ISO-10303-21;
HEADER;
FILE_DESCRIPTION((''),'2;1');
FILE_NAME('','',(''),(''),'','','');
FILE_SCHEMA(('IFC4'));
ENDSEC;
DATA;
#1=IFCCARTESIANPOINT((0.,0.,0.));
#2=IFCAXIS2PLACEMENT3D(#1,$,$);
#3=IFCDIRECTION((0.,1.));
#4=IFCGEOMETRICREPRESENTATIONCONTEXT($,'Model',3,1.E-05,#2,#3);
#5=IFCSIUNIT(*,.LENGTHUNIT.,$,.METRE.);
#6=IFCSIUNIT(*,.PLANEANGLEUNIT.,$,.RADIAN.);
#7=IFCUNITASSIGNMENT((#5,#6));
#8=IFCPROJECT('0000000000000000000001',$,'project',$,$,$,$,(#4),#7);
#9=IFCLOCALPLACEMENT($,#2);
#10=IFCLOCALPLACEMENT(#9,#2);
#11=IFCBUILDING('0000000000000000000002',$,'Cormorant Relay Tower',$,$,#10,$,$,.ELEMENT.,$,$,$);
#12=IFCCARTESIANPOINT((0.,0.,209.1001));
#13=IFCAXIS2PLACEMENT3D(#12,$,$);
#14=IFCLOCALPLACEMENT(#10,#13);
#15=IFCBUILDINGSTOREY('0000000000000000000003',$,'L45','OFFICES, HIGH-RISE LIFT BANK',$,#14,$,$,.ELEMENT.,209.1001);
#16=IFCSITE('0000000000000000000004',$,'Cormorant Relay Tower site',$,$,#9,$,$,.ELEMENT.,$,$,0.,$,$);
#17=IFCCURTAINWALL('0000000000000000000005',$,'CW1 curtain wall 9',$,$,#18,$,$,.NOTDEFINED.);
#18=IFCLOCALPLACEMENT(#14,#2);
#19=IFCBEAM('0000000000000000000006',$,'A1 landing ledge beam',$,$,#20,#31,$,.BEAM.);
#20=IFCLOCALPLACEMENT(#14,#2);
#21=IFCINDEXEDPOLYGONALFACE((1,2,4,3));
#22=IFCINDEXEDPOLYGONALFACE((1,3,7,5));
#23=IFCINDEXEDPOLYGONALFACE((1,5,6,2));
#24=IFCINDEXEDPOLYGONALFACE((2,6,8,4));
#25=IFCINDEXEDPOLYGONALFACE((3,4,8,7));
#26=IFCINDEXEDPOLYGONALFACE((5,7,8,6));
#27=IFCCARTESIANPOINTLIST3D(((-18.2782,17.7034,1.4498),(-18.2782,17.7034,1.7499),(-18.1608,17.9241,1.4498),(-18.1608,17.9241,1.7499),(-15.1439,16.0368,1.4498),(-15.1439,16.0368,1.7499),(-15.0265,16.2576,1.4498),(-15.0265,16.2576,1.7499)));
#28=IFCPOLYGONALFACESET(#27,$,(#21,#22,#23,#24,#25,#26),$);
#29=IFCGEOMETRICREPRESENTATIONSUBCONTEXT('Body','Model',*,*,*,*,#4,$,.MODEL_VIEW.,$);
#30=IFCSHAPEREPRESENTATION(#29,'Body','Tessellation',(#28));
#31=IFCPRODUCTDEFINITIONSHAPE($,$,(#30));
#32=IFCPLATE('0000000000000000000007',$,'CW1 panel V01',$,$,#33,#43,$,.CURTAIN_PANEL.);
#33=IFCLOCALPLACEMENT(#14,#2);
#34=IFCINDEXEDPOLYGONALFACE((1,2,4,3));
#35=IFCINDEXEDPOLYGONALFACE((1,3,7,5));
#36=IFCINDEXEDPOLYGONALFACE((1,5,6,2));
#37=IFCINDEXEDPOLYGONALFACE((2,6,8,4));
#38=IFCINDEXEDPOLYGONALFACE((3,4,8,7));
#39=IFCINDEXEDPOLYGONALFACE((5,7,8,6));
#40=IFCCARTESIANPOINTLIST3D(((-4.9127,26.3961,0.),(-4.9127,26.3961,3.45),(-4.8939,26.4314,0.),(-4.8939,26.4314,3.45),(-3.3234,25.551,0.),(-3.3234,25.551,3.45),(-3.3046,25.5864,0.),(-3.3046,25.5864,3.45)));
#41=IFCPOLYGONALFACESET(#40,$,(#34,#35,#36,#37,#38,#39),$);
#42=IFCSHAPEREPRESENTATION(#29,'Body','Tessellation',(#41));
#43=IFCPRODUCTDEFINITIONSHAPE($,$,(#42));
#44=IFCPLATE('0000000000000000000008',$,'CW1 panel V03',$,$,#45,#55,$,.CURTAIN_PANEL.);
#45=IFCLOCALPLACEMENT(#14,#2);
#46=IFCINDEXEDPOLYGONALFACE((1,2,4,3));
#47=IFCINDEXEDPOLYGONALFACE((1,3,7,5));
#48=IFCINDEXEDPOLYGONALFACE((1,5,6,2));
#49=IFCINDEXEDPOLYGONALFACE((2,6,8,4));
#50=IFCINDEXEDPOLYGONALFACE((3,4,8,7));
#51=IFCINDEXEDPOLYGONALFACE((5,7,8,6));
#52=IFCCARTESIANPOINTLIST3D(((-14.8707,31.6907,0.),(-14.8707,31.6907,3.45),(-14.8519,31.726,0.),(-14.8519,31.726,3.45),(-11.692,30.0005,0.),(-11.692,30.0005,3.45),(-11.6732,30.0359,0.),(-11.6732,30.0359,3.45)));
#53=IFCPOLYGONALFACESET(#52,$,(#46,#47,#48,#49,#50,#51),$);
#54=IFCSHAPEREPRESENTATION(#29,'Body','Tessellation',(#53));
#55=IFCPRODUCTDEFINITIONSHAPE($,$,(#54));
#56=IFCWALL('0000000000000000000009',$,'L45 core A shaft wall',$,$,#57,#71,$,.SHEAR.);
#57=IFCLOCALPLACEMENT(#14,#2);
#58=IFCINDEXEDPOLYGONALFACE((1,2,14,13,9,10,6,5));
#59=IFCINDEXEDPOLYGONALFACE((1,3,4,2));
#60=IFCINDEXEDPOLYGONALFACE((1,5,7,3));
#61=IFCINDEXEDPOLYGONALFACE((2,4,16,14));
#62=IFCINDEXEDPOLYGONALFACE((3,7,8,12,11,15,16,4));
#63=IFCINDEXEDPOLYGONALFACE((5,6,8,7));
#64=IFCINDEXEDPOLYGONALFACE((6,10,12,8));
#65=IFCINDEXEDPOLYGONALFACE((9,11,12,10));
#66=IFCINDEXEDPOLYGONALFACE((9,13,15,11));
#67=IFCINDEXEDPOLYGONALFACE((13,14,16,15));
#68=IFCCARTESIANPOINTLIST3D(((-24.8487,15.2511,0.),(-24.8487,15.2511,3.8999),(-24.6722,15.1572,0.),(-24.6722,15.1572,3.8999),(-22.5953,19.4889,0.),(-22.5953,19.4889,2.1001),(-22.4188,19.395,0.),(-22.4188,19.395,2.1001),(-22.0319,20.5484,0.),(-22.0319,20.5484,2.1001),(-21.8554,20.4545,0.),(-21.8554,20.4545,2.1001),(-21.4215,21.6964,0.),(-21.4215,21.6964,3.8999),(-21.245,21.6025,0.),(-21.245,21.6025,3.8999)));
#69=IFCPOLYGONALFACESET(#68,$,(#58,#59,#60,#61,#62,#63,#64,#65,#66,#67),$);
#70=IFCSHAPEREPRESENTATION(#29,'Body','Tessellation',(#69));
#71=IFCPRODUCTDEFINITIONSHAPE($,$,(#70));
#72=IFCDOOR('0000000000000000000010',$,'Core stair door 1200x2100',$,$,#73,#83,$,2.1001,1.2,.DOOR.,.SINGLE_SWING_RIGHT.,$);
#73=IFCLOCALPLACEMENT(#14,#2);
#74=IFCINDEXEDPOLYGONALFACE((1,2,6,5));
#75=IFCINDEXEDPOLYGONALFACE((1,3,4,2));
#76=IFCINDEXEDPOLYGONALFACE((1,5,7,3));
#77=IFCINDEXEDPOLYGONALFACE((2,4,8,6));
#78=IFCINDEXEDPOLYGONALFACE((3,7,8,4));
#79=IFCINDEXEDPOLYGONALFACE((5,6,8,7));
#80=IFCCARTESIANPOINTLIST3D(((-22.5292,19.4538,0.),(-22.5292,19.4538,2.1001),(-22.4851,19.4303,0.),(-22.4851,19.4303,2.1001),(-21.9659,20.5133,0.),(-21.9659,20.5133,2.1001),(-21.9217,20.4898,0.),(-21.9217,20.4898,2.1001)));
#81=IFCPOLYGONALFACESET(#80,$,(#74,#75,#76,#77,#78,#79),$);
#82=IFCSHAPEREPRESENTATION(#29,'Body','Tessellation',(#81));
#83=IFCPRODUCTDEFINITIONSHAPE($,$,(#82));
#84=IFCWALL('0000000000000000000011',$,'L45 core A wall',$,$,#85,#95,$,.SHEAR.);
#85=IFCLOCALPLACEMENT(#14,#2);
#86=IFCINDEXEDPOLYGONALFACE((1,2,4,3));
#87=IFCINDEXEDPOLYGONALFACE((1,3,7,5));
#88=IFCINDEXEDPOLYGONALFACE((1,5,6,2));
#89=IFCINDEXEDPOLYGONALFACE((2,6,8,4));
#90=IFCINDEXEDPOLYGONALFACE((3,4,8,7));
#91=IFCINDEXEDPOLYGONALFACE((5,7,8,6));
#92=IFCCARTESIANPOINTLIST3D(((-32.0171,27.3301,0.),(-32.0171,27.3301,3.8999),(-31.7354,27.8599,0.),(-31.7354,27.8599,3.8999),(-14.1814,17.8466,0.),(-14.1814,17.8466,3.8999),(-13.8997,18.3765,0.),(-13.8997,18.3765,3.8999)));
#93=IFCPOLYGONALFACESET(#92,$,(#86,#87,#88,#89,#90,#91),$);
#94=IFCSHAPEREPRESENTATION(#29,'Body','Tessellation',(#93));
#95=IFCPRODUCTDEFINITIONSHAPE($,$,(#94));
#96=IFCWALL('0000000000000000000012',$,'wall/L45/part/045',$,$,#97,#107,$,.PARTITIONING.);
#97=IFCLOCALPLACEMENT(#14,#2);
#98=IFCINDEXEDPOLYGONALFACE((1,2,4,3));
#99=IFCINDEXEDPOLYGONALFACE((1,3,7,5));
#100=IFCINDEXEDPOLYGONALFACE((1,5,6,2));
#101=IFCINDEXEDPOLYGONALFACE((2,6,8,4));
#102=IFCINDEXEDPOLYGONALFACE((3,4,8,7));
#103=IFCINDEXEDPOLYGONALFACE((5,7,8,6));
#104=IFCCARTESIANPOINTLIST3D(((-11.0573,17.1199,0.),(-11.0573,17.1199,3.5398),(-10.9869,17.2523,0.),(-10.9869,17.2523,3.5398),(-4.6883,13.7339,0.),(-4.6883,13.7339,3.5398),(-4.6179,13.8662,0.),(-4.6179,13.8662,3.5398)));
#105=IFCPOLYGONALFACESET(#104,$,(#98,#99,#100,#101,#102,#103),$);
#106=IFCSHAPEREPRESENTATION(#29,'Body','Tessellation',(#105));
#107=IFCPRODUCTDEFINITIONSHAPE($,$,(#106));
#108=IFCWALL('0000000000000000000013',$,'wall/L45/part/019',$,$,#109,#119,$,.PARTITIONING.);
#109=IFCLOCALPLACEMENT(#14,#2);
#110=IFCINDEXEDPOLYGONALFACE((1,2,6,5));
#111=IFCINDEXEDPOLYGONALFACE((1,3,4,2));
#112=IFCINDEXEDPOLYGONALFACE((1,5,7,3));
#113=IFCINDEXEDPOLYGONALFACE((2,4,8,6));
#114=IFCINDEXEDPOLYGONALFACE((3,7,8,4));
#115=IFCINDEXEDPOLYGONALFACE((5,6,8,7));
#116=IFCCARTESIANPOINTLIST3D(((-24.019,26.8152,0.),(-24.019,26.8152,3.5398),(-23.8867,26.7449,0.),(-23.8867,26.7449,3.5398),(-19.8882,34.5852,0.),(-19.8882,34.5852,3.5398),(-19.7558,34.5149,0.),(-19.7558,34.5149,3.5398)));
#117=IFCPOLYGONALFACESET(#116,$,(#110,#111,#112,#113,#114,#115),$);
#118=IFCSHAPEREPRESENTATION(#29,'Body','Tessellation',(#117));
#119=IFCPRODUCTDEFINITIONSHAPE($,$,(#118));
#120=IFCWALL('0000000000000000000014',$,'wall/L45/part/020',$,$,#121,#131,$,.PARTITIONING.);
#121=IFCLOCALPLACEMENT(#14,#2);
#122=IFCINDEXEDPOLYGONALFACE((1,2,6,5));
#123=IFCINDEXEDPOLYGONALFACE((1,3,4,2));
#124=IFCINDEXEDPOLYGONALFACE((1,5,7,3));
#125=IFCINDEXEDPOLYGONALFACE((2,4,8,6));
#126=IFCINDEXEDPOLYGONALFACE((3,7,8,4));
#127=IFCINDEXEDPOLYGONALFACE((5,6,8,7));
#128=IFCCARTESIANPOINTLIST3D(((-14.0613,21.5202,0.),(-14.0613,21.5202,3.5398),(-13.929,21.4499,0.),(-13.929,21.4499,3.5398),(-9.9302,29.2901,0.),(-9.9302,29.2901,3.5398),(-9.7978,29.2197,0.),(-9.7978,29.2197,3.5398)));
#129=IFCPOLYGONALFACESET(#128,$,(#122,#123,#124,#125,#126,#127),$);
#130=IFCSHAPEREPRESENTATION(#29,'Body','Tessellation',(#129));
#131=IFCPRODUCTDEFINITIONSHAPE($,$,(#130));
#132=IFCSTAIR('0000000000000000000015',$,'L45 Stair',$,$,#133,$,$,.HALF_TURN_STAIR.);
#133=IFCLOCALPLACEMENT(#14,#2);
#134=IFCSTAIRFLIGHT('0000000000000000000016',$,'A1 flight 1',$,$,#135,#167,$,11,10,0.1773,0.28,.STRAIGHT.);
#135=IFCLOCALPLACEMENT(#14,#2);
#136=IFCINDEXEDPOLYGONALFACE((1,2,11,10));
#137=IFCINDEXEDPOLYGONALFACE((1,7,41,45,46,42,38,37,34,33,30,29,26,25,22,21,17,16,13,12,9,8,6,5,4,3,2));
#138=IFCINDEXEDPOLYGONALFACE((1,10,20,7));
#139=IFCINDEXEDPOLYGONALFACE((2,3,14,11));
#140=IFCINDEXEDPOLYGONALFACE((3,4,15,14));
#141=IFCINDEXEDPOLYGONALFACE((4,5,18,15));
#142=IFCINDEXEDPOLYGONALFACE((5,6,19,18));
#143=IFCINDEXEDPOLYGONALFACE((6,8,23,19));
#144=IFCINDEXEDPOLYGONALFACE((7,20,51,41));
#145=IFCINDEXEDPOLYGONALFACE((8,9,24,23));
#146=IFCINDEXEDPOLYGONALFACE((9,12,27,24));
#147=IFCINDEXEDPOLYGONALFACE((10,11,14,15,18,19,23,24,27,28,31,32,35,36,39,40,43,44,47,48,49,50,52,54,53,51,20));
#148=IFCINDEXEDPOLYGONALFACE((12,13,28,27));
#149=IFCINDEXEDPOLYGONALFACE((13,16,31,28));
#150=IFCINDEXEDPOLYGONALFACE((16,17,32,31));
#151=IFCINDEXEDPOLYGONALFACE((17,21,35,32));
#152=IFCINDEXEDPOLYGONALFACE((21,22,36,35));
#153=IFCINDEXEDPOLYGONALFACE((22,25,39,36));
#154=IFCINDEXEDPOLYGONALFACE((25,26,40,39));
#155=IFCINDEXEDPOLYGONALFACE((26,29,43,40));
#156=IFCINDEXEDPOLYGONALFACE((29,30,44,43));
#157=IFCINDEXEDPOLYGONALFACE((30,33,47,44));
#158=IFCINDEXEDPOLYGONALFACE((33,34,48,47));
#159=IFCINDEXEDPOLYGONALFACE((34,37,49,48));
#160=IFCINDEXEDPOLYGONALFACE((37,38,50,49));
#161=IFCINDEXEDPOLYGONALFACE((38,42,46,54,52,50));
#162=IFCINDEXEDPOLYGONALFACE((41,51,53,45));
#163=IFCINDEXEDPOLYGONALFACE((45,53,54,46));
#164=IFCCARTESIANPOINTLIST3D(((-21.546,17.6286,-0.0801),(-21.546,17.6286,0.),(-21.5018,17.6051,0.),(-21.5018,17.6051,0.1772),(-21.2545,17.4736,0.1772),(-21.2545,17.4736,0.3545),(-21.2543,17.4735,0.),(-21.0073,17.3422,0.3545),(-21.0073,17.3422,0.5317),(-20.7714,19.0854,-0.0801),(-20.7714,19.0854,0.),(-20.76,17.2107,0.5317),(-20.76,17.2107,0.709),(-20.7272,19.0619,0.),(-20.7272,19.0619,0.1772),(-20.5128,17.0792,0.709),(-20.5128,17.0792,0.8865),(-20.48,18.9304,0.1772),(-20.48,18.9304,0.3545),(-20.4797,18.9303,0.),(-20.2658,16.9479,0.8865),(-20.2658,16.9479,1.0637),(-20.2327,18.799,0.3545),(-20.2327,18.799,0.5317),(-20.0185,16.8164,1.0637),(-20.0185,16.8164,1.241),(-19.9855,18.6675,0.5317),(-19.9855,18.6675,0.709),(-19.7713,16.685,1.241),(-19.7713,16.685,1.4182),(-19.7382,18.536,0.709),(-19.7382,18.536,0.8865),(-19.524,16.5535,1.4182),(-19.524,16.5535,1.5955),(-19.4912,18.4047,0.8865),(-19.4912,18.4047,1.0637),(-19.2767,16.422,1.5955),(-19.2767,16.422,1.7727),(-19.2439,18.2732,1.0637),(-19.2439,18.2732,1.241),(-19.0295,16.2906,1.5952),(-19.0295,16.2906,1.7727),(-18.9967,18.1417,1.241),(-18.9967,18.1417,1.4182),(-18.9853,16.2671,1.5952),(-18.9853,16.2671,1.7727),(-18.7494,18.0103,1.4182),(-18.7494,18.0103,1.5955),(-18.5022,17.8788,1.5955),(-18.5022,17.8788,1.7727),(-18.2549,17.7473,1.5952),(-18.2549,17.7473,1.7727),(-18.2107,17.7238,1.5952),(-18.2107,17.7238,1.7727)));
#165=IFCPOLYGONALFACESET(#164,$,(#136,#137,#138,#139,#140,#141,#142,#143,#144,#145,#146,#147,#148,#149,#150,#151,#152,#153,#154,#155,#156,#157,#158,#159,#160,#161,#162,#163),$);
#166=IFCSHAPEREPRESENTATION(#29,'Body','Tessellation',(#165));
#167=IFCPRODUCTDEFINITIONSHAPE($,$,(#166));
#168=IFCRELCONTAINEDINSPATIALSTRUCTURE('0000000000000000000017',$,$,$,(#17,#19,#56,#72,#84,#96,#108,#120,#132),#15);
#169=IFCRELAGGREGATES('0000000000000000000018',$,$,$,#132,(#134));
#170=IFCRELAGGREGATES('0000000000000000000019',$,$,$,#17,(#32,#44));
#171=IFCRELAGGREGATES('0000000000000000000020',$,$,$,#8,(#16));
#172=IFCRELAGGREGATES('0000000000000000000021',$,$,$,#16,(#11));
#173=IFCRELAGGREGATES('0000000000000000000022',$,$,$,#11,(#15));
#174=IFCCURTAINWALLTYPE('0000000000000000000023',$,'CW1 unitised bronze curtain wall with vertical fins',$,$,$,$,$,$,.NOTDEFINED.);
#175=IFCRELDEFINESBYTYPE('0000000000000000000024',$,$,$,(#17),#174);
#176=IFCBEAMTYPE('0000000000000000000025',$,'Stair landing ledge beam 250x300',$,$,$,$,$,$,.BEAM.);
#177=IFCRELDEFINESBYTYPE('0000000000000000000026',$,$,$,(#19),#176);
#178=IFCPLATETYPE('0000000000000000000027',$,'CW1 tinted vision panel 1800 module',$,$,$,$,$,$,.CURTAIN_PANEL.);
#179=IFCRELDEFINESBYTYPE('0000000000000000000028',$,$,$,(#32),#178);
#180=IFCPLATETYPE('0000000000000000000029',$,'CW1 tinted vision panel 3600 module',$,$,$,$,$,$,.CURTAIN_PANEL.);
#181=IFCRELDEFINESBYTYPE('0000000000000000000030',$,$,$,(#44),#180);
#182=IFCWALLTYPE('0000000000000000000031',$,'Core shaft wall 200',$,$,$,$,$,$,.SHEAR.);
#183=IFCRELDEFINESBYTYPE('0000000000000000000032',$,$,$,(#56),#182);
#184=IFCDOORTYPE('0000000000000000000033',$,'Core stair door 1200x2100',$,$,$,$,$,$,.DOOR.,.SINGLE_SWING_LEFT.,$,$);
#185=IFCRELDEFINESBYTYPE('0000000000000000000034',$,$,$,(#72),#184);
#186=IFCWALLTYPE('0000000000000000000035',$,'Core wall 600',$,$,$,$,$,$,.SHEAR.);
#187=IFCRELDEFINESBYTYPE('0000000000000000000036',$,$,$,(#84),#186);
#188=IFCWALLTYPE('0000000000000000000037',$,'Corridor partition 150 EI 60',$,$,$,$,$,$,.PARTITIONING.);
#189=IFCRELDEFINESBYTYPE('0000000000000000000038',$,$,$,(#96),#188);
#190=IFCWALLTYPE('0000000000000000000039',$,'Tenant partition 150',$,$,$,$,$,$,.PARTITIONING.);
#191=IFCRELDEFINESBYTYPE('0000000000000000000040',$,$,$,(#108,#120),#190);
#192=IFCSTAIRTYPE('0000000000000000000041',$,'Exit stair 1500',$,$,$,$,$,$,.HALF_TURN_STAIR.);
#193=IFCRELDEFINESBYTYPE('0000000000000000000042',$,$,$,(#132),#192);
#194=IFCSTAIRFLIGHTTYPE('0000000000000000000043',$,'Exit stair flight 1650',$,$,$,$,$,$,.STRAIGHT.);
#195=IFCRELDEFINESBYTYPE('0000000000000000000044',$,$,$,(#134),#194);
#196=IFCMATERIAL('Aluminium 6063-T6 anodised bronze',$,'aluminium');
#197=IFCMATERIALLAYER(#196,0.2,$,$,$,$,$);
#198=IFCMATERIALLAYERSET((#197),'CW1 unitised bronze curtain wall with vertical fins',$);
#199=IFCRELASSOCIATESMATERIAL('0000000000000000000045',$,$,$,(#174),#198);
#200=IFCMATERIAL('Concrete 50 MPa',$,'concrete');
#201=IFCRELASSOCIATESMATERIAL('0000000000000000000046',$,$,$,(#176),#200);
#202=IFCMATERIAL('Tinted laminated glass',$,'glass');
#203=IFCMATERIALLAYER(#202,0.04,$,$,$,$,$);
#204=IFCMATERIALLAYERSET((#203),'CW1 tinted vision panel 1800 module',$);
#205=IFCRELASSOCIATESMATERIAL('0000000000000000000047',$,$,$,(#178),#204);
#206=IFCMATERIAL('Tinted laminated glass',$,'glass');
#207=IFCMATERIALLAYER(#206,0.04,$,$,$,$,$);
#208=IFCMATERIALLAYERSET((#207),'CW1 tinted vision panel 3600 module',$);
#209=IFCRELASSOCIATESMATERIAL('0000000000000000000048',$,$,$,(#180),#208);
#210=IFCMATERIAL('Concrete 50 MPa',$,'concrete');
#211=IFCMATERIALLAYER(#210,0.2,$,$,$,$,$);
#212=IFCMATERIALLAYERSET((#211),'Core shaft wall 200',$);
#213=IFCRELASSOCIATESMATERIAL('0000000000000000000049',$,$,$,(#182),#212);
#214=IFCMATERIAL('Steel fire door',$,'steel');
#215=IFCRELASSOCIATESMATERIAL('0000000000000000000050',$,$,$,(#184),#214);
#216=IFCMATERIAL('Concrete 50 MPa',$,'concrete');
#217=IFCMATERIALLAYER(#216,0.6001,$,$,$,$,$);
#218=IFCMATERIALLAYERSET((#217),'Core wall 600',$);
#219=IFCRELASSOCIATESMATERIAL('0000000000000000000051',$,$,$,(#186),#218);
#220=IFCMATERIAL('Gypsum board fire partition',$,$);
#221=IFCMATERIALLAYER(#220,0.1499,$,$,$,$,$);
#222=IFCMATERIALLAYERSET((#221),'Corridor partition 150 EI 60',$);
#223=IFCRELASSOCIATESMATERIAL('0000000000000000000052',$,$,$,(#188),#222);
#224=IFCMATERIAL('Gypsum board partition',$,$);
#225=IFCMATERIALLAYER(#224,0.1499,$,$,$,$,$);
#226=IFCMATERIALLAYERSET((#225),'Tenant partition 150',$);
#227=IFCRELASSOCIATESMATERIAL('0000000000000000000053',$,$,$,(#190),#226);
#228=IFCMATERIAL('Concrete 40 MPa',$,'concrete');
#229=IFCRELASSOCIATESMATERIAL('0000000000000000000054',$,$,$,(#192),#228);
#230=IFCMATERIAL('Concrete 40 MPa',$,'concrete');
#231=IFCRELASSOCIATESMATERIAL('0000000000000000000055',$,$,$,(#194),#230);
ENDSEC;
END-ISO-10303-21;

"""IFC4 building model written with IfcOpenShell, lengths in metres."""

from ifc_helpers import new_model, si_unit, direction, frame, frame_2d, origin, origin_2d, place, context, subcontext, project, spatial, polyline, rectangle, outline, extrude, material, layer, layer_set, material_profile, profile_set, type_object, element, fill, aggregate, save


model = new_model("IFC4")

# Units and contexts
model_context = context("Model", 3, precision=1e-05, world=origin(), true_north=direction((0.0, 1.0)))
body_context = subcontext(model_context, "Body", "Model", "MODEL_VIEW")
ifc_project = project(units=[si_unit("LENGTHUNIT", "METRE"), si_unit("PLANEANGLEUNIT", "RADIAN")], contexts=[model_context])

# Site, building, storey
site_placement = place(None, origin())
site = spatial("IfcSite", under=ifc_project, at=site_placement, Name="Cormorant Relay Tower site", CompositionType="ELEMENT", RefElevation=0.0)
building_placement = place(site_placement, origin())
building = spatial("IfcBuilding", under=site, at=building_placement, Name="Cormorant Relay Tower", CompositionType="ELEMENT")
storey_placement = place(building_placement, frame((0.0, 0.0, 209.1001)))
storey = spatial("IfcBuildingStorey", under=building, at=storey_placement, Name="L45", Description="OFFICES, HIGH-RISE LIFT BANK", CompositionType="ELEMENT", Elevation=209.1001)

# Curtain wall
ifc_material_1 = material(Name="Aluminium 6063-T6 anodised bronze", Category="aluminium")
ifc_layer_1 = layer(ifc_material_1, 0.2)
ifc_layer_set_1 = layer_set([ifc_layer_1], Name="CW1 unitised bronze curtain wall with vertical fins")
curtain_wall_type = type_object("IfcCurtainWallType", Name="CW1 unitised bronze curtain wall with vertical fins", PredefinedType="NOTDEFINED", material=ifc_layer_set_1)
curtain_wall_placement = place(storey_placement, origin())
curtain_wall = element("IfcCurtainWall", 1, at=curtain_wall_placement, inside=storey, type_object=curtain_wall_type, Name="CW1 curtain wall 9", PredefinedType="NOTDEFINED")

# Beam
ifc_material_2 = material(Name="Concrete 50 MPa", Category="concrete")
ifc_material_profile_1 = material_profile(ifc_material_2, rectangle(XDim=0.25, YDim=0.3, at=origin_2d()), Name="RC 250x300")
ifc_profile_set_1 = profile_set([ifc_material_profile_1], Name="Concrete 50 MPa")
beam_type_1 = type_object("IfcBeamType", Name="Stair landing ledge beam 250x300", PredefinedType="BEAM", material=ifc_profile_set_1)
beam_1_placement = place(storey_placement, frame((-18.2195, 17.8137, 1.5999), z_axis=(0.88295, -0.469467, 0.0), x_axis=(0.469467, 0.88295, 0.0)))
element("IfcBeam", 2, at=beam_1_placement, inside=storey, type_object=beam_type_1, Name="A1 landing ledge beam", PredefinedType="BEAM", context=body_context, shape_type="SweptSolid", body=[
    extrude(rectangle(XDim=0.25, YDim=0.3, at=origin_2d()), origin(), (0.0, 0.0, 1.0), 3.5498),
])

# Plates
ifc_material_3 = material(Name="Tinted laminated glass", Category="glass")
ifc_layer_2 = layer(ifc_material_3, 0.04)
ifc_layer_set_2 = layer_set([ifc_layer_2], Name="CW1 tinted vision panel 1800 module")
plate_type_1 = type_object("IfcPlateType", Name="CW1 tinted vision panel 1800 module", PredefinedType="CURTAIN_PANEL", material=ifc_layer_set_2)
plate_1_placement = place(storey_placement, frame((-4.1086, 25.9912, 0.0), z_axis=(0.0, 0.0, 1.0), x_axis=(-0.882948, 0.469472, 0.0)))
plate_1 = element("IfcPlate", 3, at=plate_1_placement, type_object=plate_type_1, Name="CW1 panel V01", PredefinedType="CURTAIN_PANEL", context=body_context, shape_type="SweptSolid", body=[
    extrude(rectangle(XDim=1.8, YDim=0.04, at=origin_2d()), origin(), (0.0, 0.0, 1.0), 3.45),
])
ifc_material_4 = material(Name="Tinted laminated glass", Category="glass")
ifc_layer_3 = layer(ifc_material_4, 0.04)
ifc_layer_set_3 = layer_set([ifc_layer_3], Name="CW1 tinted vision panel 3600 module")
plate_type_2 = type_object("IfcPlateType", Name="CW1 tinted vision panel 3600 module", PredefinedType="CURTAIN_PANEL", material=ifc_layer_set_3)
plate_2_placement = place(storey_placement, frame((-13.272, 30.8633, 0.0), z_axis=(0.0, 0.0, 1.0), x_axis=(-0.882948, 0.469472, 0.0)))
plate_2 = element("IfcPlate", 4, at=plate_2_placement, type_object=plate_type_2, Name="CW1 panel V03", PredefinedType="CURTAIN_PANEL", context=body_context, shape_type="SweptSolid", body=[
    extrude(rectangle(XDim=3.6001, YDim=0.04, at=origin_2d()), origin(), (0.0, 0.0, 1.0), 3.45),
])

# Wall, opening, door
ifc_material_5 = material(Name="Concrete 50 MPa", Category="concrete")
ifc_layer_4 = layer(ifc_material_5, 0.2)
ifc_layer_set_4 = layer_set([ifc_layer_4], Name="Core shaft wall 200")
wall_type_1 = type_object("IfcWallType", Name="Core shaft wall 200", PredefinedType="SHEAR", material=ifc_layer_set_4)
wall_1_placement = place(storey_placement, frame((-21.3333, 21.6494, 0.0), z_axis=(0.0, 0.0, 1.0), x_axis=(-0.469494, -0.882936, 0.0)))
wall_1 = element("IfcWall", 5, at=wall_1_placement, inside=storey, type_object=wall_type_1, Name="L45 core A shaft wall", PredefinedType="SHEAR", context=body_context, shape_type="SweptSolid", body=[
    extrude(rectangle(XDim=7.2998, YDim=0.2, at=frame_2d((3.6499, 0.0))), origin(), (0.0, 0.0, 1.0), 3.8999),
])
opening_1_placement = place(wall_1_placement, frame((1.3, 0.0, 0.0)))
opening_1 = element("IfcOpeningElement", 6, at=opening_1_placement, cuts=wall_1, PredefinedType="OPENING", context=body_context, shape_type="SweptSolid", body=[
    extrude(rectangle(XDim=1.2, YDim=2.1001, at=frame_2d((0.6001, 1.05))), frame((0.0, 0.1099, 0.0), z_axis=(0.0, -1.0, 0.0), x_axis=(1.0, 0.0, 0.0)), (0.0, 0.0, 1.0), 0.22),
])
ifc_material_6 = material(Name="Steel fire door", Category="steel")
door_type_1 = type_object("IfcDoorType", Name="Core stair door 1200x2100", OperationType="SINGLE_SWING_LEFT", PredefinedType="DOOR", material=ifc_material_6)
door_1_placement = place(opening_1_placement, origin())
door_1 = element("IfcDoor", 7, at=door_1_placement, inside=storey, type_object=door_type_1, Name="Core stair door 1200x2100", OperationType="SINGLE_SWING_RIGHT", OverallHeight=2.1001, OverallWidth=1.2, PredefinedType="DOOR", context=body_context, shape_type="SweptSolid", body=[
    extrude(rectangle(XDim=1.2, YDim=2.1001, at=frame_2d((0.6001, 1.05))), frame((0.0, 0.0249, 0.0), z_axis=(0.0, -1.0, 0.0), x_axis=(1.0, 0.0, 0.0)), (0.0, 0.0, 1.0), 0.05),
])
fill(opening_1, door_1)
ifc_material_7 = material(Name="Concrete 50 MPa", Category="concrete")
ifc_layer_5 = layer(ifc_material_7, 0.6001)
ifc_layer_set_5 = layer_set([ifc_layer_5], Name="Core wall 600")
wall_type_2 = type_object("IfcWallType", Name="Core wall 600", PredefinedType="SHEAR", material=ifc_layer_set_5)

# Walls
wall_2_placement = place(storey_placement, frame((-14.0405, 18.1116, 0.0), z_axis=(0.0, 0.0, 1.0), x_axis=(-0.882948, 0.469471, 0.0)))
element("IfcWall", 8, at=wall_2_placement, inside=storey, type_object=wall_type_2, Name="L45 core A wall", PredefinedType="SHEAR", context=body_context, shape_type="SweptSolid", body=[
    extrude(rectangle(XDim=20.2002, YDim=0.6001, at=frame_2d((10.1001, 0.0))), origin(), (0.0, 0.0, 1.0), 3.8999),
])
ifc_material_8 = material(Name="Gypsum board fire partition")
ifc_layer_6 = layer(ifc_material_8, 0.1499)
ifc_layer_set_6 = layer_set([ifc_layer_6], Name="Corridor partition 150 EI 60")
wall_type_3 = type_object("IfcWallType", Name="Corridor partition 150 EI 60", PredefinedType="PARTITIONING", material=ifc_layer_set_6)
wall_3_placement = place(storey_placement, frame((-11.022, 17.186, 0.0), z_axis=(0.0, 0.0, 1.0), x_axis=(0.882971, -0.469427, 0.0)))
element("IfcWall", 9, at=wall_3_placement, inside=storey, type_object=wall_type_3, Name="wall/L45/part/045", PredefinedType="PARTITIONING", context=body_context, shape_type="SweptSolid", body=[
    extrude(rectangle(XDim=7.2131, YDim=0.1499, at=frame_2d((3.6064, 0.0))), origin(), (0.0, 0.0, 1.0), 3.5398),
])
ifc_material_9 = material(Name="Gypsum board partition")
ifc_layer_7 = layer(ifc_material_9, 0.1499)
ifc_layer_set_7 = layer_set([ifc_layer_7], Name="Tenant partition 150")
wall_type_4 = type_object("IfcWallType", Name="Tenant partition 150", PredefinedType="PARTITIONING", material=ifc_layer_set_7)
for number, where, z_axis, x_axis, name in (
    (10, (-19.822, 34.55, 0.0), (0.0, 0.0, 1.0), (-0.469424, -0.882973, 0.0), "wall/L45/part/019"),
    (11, (-9.864, 29.2549, 0.0), (0.0, 0.0, 1.0), (-0.469457, -0.882955, 0.0), "wall/L45/part/020"),
):
    element("IfcWall", number, at=place(storey_placement, frame(where, z_axis=z_axis, x_axis=x_axis)), inside=storey, type_object=wall_type_4, Name=name, PredefinedType="PARTITIONING", context=body_context, shape_type="SweptSolid", body=[
        extrude(rectangle(XDim=8.7998, YDim=0.1499, at=frame_2d((4.3999, 0.0))), origin(), (0.0, 0.0, 1.0), 3.5398),
    ])

# Stair, stair flight
ifc_material_10 = material(Name="Concrete 40 MPa", Category="concrete")
stair_type = type_object("IfcStairType", Name="Exit stair 1500", PredefinedType="HALF_TURN_STAIR", material=ifc_material_10)
stair_placement = place(storey_placement, origin())
stair = element("IfcStair", 12, at=stair_placement, inside=storey, type_object=stair_type, Name="L45 Stair", PredefinedType="HALF_TURN_STAIR")
ifc_material_11 = material(Name="Concrete 40 MPa", Category="concrete")
stair_flight_type = type_object("IfcStairFlightType", Name="Exit stair flight 1650", PredefinedType="STRAIGHT", material=ifc_material_11)
stair_flight_1_placement = place(storey_placement, frame((-21.1145, 18.3335, 0.0), z_axis=(0.0, 0.0, 1.0), x_axis=(0.882948, -0.469472, 0.0)))
stair_flight_1 = element("IfcStairFlight", 13, at=stair_flight_1_placement, type_object=stair_flight_type, Name="A1 flight 1", NumberOfRisers=11, NumberOfTreads=10, PredefinedType="STRAIGHT", RiserHeight=0.1773, TreadLength=0.28, context=body_context, shape_type="SweptSolid", body=[
    extrude(outline(polyline([(-0.05, -0.0801), (-0.05, 0.0), (0.0, 0.0), (0.0, 0.1772), (0.28, 0.1772), (0.28, 0.3545), (0.5601, 0.3545), (0.5601, 0.5317), (0.8401, 0.5317), (0.8401, 0.709), (1.1201, 0.709), (1.1201, 0.8865), (1.3999, 0.8865), (1.3999, 1.0637), (1.6799, 1.0637), (1.6799, 1.241), (1.96, 1.241), (1.96, 1.4182), (2.24, 1.4182), (2.24, 1.5955), (2.52, 1.5955), (2.52, 1.7727), (2.8, 1.7727), (2.8501, 1.7727), (2.8501, 1.5952), (2.8, 1.5952), (0.2803, 0.0), (-0.05, -0.0801)])), frame((0.0, 0.825, 0.0), z_axis=(0.0, -1.0, 0.0), x_axis=(1.0, 0.0, 0.0)), (0.0, 0.0, 1.0), 1.6499),
])
aggregate(stair, [stair_flight_1])

aggregate(curtain_wall, [plate_1, plate_2])

save(model, "model.ifc")
